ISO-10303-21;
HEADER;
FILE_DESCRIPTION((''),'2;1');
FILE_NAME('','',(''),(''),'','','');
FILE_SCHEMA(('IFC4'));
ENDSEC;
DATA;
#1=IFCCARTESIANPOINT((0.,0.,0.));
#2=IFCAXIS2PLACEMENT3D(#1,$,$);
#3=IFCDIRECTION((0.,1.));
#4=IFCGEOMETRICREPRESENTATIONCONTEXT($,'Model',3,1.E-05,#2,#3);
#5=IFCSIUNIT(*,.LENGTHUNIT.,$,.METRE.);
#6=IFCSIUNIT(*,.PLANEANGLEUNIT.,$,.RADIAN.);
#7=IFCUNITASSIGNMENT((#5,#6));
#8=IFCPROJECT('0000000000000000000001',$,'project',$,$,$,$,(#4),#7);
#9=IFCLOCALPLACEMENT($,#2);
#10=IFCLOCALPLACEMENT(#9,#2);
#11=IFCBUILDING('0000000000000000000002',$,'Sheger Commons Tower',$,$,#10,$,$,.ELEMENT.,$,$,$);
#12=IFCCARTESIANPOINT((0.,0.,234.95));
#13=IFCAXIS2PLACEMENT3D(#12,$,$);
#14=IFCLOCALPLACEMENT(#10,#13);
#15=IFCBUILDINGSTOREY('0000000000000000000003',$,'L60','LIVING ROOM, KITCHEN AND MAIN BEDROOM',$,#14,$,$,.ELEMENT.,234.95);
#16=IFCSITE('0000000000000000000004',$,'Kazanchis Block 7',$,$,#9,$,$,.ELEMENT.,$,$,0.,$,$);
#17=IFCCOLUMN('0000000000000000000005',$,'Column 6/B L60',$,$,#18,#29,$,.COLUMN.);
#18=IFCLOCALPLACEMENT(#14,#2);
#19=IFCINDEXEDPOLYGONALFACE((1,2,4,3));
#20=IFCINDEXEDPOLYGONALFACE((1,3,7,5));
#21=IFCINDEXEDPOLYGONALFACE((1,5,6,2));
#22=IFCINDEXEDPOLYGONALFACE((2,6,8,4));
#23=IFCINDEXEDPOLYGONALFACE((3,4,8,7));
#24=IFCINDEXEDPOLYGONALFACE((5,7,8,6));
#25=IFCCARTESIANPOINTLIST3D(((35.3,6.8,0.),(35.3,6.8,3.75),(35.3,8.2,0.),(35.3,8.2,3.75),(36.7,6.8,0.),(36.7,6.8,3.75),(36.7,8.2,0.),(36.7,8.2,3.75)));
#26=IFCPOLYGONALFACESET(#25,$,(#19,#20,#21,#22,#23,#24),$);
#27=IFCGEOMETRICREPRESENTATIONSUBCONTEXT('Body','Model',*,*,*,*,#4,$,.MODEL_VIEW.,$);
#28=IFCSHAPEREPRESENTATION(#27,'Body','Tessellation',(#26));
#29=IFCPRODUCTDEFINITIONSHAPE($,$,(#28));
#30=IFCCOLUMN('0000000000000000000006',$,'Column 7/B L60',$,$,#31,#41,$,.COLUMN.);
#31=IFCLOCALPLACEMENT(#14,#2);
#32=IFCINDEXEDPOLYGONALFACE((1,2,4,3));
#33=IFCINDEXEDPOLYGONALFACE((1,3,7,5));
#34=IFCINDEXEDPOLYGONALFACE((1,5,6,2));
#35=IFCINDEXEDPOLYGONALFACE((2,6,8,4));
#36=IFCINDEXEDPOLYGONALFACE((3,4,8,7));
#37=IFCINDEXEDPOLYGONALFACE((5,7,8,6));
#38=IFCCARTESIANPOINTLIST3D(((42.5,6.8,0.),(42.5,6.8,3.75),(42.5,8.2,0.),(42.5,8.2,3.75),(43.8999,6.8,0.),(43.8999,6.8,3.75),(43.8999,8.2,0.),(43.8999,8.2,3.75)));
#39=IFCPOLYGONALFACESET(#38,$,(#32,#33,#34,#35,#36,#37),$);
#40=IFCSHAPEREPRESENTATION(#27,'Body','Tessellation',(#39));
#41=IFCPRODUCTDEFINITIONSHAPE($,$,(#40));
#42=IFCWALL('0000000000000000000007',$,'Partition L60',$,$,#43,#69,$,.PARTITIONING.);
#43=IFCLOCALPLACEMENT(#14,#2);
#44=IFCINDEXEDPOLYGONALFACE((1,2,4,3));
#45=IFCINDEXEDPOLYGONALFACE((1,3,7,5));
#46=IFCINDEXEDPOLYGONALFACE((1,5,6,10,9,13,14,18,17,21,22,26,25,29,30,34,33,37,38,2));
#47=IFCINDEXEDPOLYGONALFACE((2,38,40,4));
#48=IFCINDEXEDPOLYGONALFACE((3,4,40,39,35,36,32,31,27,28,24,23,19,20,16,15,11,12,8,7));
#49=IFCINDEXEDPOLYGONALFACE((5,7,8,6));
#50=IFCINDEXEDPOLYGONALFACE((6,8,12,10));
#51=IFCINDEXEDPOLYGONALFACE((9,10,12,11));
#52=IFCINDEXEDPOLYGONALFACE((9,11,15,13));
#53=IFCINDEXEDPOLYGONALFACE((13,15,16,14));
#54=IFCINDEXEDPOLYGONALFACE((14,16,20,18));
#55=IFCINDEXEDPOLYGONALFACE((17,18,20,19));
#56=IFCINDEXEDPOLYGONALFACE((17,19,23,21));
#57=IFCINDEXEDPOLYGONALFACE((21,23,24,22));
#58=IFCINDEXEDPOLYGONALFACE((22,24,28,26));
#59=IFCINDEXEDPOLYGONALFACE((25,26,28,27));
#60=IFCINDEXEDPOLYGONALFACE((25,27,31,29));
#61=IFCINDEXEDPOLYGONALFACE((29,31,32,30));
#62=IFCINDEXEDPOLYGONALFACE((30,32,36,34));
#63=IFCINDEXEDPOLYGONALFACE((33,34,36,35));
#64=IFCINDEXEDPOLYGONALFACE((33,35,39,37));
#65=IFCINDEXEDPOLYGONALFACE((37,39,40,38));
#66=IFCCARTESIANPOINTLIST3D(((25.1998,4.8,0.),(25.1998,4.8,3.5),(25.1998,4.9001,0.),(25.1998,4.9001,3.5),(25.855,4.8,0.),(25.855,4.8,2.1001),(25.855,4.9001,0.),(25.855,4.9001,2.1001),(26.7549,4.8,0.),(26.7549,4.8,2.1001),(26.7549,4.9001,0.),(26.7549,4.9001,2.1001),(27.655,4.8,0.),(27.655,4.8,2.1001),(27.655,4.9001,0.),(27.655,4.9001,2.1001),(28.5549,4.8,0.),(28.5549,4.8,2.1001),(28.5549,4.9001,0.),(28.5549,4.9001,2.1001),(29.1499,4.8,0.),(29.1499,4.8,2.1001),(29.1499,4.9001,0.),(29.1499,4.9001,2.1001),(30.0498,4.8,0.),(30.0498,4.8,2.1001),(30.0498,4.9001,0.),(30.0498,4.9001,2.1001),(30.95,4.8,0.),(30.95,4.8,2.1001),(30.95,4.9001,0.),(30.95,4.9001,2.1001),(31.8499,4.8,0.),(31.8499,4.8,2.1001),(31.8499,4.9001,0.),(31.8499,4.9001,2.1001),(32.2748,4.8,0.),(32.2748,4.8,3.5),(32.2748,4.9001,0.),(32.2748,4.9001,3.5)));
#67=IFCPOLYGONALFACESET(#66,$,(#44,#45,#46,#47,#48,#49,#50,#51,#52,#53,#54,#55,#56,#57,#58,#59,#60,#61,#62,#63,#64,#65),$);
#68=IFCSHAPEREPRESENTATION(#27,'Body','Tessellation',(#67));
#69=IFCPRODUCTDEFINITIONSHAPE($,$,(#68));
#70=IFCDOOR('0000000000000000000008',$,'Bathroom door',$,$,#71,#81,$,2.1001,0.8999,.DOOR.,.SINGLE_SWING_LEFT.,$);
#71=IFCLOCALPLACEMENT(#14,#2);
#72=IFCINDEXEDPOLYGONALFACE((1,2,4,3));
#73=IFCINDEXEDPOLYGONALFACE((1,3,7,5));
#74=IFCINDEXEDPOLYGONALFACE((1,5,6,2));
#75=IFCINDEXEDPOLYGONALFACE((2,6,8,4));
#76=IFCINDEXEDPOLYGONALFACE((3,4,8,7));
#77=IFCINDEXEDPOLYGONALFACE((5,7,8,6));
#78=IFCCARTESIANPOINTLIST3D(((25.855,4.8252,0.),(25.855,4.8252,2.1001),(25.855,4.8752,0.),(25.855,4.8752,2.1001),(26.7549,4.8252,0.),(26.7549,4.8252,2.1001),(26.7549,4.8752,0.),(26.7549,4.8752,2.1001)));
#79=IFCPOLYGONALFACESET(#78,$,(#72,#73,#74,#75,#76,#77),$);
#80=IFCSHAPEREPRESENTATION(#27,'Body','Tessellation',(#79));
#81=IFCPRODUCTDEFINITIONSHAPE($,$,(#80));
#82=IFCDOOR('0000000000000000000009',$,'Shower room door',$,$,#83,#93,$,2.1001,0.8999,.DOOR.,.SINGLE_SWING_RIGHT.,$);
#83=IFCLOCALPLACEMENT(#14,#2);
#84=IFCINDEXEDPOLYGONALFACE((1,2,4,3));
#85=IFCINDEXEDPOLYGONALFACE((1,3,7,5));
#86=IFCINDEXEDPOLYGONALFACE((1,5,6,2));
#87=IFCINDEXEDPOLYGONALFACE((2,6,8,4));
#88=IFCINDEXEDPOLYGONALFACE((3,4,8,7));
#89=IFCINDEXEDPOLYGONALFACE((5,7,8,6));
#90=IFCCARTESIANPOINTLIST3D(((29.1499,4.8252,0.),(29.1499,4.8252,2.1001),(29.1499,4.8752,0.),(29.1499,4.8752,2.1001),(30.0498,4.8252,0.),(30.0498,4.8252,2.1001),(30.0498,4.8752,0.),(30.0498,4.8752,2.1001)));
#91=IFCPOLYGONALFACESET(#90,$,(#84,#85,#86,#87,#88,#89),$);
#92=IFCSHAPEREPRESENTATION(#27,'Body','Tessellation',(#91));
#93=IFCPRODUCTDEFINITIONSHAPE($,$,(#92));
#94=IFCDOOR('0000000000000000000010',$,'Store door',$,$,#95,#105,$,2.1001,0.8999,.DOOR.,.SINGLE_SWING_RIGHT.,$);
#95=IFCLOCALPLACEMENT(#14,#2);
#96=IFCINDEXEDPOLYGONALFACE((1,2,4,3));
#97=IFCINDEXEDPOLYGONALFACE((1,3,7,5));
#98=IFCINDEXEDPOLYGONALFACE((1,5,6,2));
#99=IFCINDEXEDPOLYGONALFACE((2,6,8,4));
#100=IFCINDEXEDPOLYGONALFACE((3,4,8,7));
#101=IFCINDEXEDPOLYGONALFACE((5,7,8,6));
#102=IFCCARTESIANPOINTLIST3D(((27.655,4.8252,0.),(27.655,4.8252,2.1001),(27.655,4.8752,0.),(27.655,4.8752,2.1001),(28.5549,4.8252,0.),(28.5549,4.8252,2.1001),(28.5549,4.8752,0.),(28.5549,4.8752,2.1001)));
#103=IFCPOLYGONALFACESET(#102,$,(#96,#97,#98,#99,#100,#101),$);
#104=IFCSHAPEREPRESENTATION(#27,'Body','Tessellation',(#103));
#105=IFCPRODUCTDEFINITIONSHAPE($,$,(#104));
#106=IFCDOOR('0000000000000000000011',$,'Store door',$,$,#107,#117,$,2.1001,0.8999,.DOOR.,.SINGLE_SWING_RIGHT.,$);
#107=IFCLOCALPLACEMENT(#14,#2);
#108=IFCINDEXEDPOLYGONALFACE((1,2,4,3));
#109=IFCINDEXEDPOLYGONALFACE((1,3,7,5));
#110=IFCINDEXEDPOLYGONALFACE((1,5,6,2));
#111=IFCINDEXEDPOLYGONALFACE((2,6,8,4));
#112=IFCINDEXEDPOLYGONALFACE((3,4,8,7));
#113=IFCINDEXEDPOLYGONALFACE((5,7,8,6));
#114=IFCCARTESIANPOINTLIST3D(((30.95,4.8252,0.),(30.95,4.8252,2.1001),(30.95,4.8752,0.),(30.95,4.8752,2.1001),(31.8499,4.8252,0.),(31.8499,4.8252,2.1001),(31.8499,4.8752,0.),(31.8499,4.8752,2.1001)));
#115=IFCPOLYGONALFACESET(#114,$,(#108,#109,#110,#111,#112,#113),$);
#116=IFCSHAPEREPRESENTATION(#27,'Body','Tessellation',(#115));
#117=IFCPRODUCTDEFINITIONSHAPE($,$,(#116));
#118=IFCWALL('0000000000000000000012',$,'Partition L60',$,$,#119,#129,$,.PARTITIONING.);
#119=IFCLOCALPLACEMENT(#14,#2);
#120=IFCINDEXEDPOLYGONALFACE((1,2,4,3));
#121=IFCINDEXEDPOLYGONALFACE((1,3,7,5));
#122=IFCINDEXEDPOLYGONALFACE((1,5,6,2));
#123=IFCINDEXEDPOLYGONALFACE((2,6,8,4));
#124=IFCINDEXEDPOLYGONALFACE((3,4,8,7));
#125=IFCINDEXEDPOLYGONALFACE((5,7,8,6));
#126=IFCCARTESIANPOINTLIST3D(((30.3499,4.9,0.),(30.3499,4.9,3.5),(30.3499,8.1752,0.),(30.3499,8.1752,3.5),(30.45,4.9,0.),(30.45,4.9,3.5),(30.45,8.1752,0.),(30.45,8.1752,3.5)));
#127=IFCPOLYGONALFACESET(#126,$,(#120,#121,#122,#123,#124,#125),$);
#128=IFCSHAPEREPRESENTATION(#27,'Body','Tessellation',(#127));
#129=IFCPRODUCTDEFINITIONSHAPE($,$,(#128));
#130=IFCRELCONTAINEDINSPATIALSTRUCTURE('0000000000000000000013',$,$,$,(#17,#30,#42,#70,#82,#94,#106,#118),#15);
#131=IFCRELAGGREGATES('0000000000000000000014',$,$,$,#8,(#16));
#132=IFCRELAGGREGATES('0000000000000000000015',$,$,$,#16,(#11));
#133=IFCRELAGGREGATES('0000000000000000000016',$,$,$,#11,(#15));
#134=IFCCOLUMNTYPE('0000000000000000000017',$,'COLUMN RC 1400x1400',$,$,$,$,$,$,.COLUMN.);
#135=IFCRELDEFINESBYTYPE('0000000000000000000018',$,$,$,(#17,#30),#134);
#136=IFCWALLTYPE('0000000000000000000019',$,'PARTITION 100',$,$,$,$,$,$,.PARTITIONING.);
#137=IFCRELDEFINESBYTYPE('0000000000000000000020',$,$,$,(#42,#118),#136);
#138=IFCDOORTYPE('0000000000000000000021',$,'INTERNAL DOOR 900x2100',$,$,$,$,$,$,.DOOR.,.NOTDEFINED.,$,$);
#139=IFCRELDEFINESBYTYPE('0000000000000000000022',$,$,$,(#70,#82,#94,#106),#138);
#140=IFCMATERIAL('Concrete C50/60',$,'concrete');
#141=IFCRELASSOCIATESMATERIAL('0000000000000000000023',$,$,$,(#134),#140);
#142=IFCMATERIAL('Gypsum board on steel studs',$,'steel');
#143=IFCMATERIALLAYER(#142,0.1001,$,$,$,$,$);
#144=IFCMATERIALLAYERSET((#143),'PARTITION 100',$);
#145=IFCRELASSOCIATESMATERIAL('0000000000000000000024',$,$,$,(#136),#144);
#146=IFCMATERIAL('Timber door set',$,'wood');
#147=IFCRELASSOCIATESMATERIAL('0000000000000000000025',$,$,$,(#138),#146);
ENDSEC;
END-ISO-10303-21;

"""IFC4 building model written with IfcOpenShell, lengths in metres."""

from ifc_helpers import new_model, si_unit, direction, frame, frame_2d, origin, origin_2d, place, context, subcontext, project, spatial, rectangle, extrude, material, layer, layer_set, material_profile, profile_set, type_object, element, fill, save


model = new_model("IFC4")

# Units and contexts
model_context = context("Model", 3, precision=1e-05, world=origin(), true_north=direction((0.0, 1.0)))
body_context = subcontext(model_context, "Body", "Model", "MODEL_VIEW")
ifc_project = project(units=[si_unit("LENGTHUNIT", "METRE"), si_unit("PLANEANGLEUNIT", "RADIAN")], contexts=[model_context])

# Site, building, storey
site_placement = place(None, origin())
site = spatial("IfcSite", under=ifc_project, at=site_placement, Name="Kazanchis Block 7", CompositionType="ELEMENT", RefElevation=0.0)
building_placement = place(site_placement, origin())
building = spatial("IfcBuilding", under=site, at=building_placement, Name="Sheger Commons Tower", CompositionType="ELEMENT")
storey_placement = place(building_placement, frame((0.0, 0.0, 234.95)))
storey = spatial("IfcBuildingStorey", under=building, at=storey_placement, Name="L60", Description="LIVING ROOM, KITCHEN AND MAIN BEDROOM", CompositionType="ELEMENT", Elevation=234.95)

# Columns
ifc_material_1 = material(Name="Concrete C50/60", Category="concrete")
ifc_material_profile = material_profile(ifc_material_1, rectangle(XDim=1.3999, YDim=1.3999, at=origin_2d()), Name="RC 1400x1400")
ifc_profile_set = profile_set([ifc_material_profile], Name="Concrete C50/60")
column_type = type_object("IfcColumnType", Name="COLUMN RC 1400x1400", PredefinedType="COLUMN", material=ifc_profile_set)
for number, where, z_axis, x_axis, name in (
    (1, (36.0, 7.5, 0.0), (0.0, 0.0, 1.0), (1.0, 0.0, 0.0), "Column 6/B L60"),
    (2, (43.2, 7.5, 0.0), (0.0, 0.0, 1.0), (1.0, 0.0, 0.0), "Column 7/B L60"),
):
    element("IfcColumn", number, at=place(storey_placement, frame(where, z_axis=z_axis, x_axis=x_axis)), inside=storey, type_object=column_type, Name=name, PredefinedType="COLUMN", context=body_context, shape_type="SweptSolid", body=[
        extrude(rectangle(XDim=1.3999, YDim=1.3999, at=origin_2d()), origin(), (0.0, 0.0, 1.0), 3.75),
    ])

# Wall, openings, doors
ifc_material_2 = material(Name="Gypsum board on steel studs", Category="steel")
ifc_layer = layer(ifc_material_2, 0.1001)
ifc_layer_set = layer_set([ifc_layer], Name="PARTITION 100")
wall_type = type_object("IfcWallType", Name="PARTITION 100", PredefinedType="PARTITIONING", material=ifc_layer_set)
wall_1_placement = place(storey_placement, frame((32.2749, 4.8501, 0.0), z_axis=(0.0, 0.0, 1.0), x_axis=(-1.0, 0.0, 0.0)))
wall_1 = element("IfcWall", 3, at=wall_1_placement, inside=storey, type_object=wall_type, Name="Partition L60", PredefinedType="PARTITIONING", context=body_context, shape_type="SweptSolid", body=[
    extrude(rectangle(XDim=7.075, YDim=0.1001, at=frame_2d((3.5376, 0.0))), origin(), (0.0, 0.0, 1.0), 3.5),
])
opening_1_placement = place(wall_1_placement, frame((5.52, 0.0, 0.0)))
opening_1 = element("IfcOpeningElement", 4, at=opening_1_placement, cuts=wall_1, PredefinedType="OPENING", context=body_context, shape_type="SweptSolid", body=[
    extrude(rectangle(XDim=0.8999, YDim=2.1001, at=frame_2d((0.45, 1.05))), frame((0.0, 0.0601, 0.0), z_axis=(0.0, -1.0, 0.0), x_axis=(1.0, 0.0, 0.0)), (0.0, 0.0, 1.0), 0.1201),
])
opening_2_placement = place(wall_1_placement, frame((2.2251, 0.0, 0.0)))
opening_2 = element("IfcOpeningElement", 5, at=opening_2_placement, cuts=wall_1, PredefinedType="OPENING", context=body_context, shape_type="SweptSolid", body=[
    extrude(rectangle(XDim=0.8999, YDim=2.1001, at=frame_2d((0.45, 1.05))), frame((0.0, 0.0601, 0.0), z_axis=(0.0, -1.0, 0.0), x_axis=(1.0, 0.0, 0.0)), (0.0, 0.0, 1.0), 0.1201),
])
opening_3_placement = place(wall_1_placement, frame((3.72, 0.0, 0.0)))
opening_3 = element("IfcOpeningElement", 6, at=opening_3_placement, cuts=wall_1, PredefinedType="OPENING", context=body_context, shape_type="SweptSolid", body=[
    extrude(rectangle(XDim=0.8999, YDim=2.1001, at=frame_2d((0.45, 1.05))), frame((0.0, 0.0601, 0.0), z_axis=(0.0, -1.0, 0.0), x_axis=(1.0, 0.0, 0.0)), (0.0, 0.0, 1.0), 0.1201),
])
opening_4_placement = place(wall_1_placement, frame((0.425, 0.0, 0.0)))
opening_4 = element("IfcOpeningElement", 7, at=opening_4_placement, cuts=wall_1, PredefinedType="OPENING", context=body_context, shape_type="SweptSolid", body=[
    extrude(rectangle(XDim=0.8999, YDim=2.1001, at=frame_2d((0.45, 1.05))), frame((0.0, 0.0601, 0.0), z_axis=(0.0, -1.0, 0.0), x_axis=(1.0, 0.0, 0.0)), (0.0, 0.0, 1.0), 0.1201),
])
ifc_material_3 = material(Name="Timber door set", Category="wood")
door_type = type_object("IfcDoorType", Name="INTERNAL DOOR 900x2100", OperationType="NOTDEFINED", PredefinedType="DOOR", material=ifc_material_3)
door_1_placement = place(opening_1_placement, origin())
door_1 = element("IfcDoor", 8, at=door_1_placement, inside=storey, type_object=door_type, Name="Bathroom door", OperationType="SINGLE_SWING_LEFT", OverallHeight=2.1001, OverallWidth=0.8999, PredefinedType="DOOR", context=body_context, shape_type="SweptSolid", body=[
    extrude(rectangle(XDim=0.8999, YDim=2.1001, at=frame_2d((0.45, 1.05))), frame((0.0, 0.0249, 0.0), z_axis=(0.0, -1.0, 0.0), x_axis=(1.0, 0.0, 0.0)), (0.0, 0.0, 1.0), 0.05),
])
fill(opening_1, door_1)
door_2_placement = place(opening_2_placement, origin())
door_2 = element("IfcDoor", 9, at=door_2_placement, inside=storey, type_object=door_type, Name="Shower room door", OperationType="SINGLE_SWING_RIGHT", OverallHeight=2.1001, OverallWidth=0.8999, PredefinedType="DOOR", context=body_context, shape_type="SweptSolid", body=[
    extrude(rectangle(XDim=0.8999, YDim=2.1001, at=frame_2d((0.45, 1.05))), frame((0.0, 0.0249, 0.0), z_axis=(0.0, -1.0, 0.0), x_axis=(1.0, 0.0, 0.0)), (0.0, 0.0, 1.0), 0.05),
])
fill(opening_2, door_2)
door_3_placement = place(opening_3_placement, origin())
door_3 = element("IfcDoor", 10, at=door_3_placement, inside=storey, type_object=door_type, Name="Store door", OperationType="SINGLE_SWING_RIGHT", OverallHeight=2.1001, OverallWidth=0.8999, PredefinedType="DOOR", context=body_context, shape_type="SweptSolid", body=[
    extrude(rectangle(XDim=0.8999, YDim=2.1001, at=frame_2d((0.45, 1.05))), frame((0.0, 0.0249, 0.0), z_axis=(0.0, -1.0, 0.0), x_axis=(1.0, 0.0, 0.0)), (0.0, 0.0, 1.0), 0.05),
])
fill(opening_3, door_3)
door_4_placement = place(opening_4_placement, origin())
door_4 = element("IfcDoor", 11, at=door_4_placement, inside=storey, type_object=door_type, Name="Store door", OperationType="SINGLE_SWING_RIGHT", OverallHeight=2.1001, OverallWidth=0.8999, PredefinedType="DOOR", context=body_context, shape_type="SweptSolid", body=[
    extrude(rectangle(XDim=0.8999, YDim=2.1001, at=frame_2d((0.45, 1.05))), frame((0.0, 0.0249, 0.0), z_axis=(0.0, -1.0, 0.0), x_axis=(1.0, 0.0, 0.0)), (0.0, 0.0, 1.0), 0.05),
])
fill(opening_4, door_4)

# Wall
wall_2_placement = place(storey_placement, frame((30.3999, 4.8999, 0.0), z_axis=(0.0, 0.0, 1.0), x_axis=(0.0, 1.0, 0.0)))
element("IfcWall", 12, at=wall_2_placement, inside=storey, type_object=wall_type, Name="Partition L60", PredefinedType="PARTITIONING", context=body_context, shape_type="SweptSolid", body=[
    extrude(rectangle(XDim=3.2751, YDim=0.1001, at=frame_2d((1.6377, 0.0))), origin(), (0.0, 0.0, 1.0), 3.5),
])

save(model, "model.ifc")
